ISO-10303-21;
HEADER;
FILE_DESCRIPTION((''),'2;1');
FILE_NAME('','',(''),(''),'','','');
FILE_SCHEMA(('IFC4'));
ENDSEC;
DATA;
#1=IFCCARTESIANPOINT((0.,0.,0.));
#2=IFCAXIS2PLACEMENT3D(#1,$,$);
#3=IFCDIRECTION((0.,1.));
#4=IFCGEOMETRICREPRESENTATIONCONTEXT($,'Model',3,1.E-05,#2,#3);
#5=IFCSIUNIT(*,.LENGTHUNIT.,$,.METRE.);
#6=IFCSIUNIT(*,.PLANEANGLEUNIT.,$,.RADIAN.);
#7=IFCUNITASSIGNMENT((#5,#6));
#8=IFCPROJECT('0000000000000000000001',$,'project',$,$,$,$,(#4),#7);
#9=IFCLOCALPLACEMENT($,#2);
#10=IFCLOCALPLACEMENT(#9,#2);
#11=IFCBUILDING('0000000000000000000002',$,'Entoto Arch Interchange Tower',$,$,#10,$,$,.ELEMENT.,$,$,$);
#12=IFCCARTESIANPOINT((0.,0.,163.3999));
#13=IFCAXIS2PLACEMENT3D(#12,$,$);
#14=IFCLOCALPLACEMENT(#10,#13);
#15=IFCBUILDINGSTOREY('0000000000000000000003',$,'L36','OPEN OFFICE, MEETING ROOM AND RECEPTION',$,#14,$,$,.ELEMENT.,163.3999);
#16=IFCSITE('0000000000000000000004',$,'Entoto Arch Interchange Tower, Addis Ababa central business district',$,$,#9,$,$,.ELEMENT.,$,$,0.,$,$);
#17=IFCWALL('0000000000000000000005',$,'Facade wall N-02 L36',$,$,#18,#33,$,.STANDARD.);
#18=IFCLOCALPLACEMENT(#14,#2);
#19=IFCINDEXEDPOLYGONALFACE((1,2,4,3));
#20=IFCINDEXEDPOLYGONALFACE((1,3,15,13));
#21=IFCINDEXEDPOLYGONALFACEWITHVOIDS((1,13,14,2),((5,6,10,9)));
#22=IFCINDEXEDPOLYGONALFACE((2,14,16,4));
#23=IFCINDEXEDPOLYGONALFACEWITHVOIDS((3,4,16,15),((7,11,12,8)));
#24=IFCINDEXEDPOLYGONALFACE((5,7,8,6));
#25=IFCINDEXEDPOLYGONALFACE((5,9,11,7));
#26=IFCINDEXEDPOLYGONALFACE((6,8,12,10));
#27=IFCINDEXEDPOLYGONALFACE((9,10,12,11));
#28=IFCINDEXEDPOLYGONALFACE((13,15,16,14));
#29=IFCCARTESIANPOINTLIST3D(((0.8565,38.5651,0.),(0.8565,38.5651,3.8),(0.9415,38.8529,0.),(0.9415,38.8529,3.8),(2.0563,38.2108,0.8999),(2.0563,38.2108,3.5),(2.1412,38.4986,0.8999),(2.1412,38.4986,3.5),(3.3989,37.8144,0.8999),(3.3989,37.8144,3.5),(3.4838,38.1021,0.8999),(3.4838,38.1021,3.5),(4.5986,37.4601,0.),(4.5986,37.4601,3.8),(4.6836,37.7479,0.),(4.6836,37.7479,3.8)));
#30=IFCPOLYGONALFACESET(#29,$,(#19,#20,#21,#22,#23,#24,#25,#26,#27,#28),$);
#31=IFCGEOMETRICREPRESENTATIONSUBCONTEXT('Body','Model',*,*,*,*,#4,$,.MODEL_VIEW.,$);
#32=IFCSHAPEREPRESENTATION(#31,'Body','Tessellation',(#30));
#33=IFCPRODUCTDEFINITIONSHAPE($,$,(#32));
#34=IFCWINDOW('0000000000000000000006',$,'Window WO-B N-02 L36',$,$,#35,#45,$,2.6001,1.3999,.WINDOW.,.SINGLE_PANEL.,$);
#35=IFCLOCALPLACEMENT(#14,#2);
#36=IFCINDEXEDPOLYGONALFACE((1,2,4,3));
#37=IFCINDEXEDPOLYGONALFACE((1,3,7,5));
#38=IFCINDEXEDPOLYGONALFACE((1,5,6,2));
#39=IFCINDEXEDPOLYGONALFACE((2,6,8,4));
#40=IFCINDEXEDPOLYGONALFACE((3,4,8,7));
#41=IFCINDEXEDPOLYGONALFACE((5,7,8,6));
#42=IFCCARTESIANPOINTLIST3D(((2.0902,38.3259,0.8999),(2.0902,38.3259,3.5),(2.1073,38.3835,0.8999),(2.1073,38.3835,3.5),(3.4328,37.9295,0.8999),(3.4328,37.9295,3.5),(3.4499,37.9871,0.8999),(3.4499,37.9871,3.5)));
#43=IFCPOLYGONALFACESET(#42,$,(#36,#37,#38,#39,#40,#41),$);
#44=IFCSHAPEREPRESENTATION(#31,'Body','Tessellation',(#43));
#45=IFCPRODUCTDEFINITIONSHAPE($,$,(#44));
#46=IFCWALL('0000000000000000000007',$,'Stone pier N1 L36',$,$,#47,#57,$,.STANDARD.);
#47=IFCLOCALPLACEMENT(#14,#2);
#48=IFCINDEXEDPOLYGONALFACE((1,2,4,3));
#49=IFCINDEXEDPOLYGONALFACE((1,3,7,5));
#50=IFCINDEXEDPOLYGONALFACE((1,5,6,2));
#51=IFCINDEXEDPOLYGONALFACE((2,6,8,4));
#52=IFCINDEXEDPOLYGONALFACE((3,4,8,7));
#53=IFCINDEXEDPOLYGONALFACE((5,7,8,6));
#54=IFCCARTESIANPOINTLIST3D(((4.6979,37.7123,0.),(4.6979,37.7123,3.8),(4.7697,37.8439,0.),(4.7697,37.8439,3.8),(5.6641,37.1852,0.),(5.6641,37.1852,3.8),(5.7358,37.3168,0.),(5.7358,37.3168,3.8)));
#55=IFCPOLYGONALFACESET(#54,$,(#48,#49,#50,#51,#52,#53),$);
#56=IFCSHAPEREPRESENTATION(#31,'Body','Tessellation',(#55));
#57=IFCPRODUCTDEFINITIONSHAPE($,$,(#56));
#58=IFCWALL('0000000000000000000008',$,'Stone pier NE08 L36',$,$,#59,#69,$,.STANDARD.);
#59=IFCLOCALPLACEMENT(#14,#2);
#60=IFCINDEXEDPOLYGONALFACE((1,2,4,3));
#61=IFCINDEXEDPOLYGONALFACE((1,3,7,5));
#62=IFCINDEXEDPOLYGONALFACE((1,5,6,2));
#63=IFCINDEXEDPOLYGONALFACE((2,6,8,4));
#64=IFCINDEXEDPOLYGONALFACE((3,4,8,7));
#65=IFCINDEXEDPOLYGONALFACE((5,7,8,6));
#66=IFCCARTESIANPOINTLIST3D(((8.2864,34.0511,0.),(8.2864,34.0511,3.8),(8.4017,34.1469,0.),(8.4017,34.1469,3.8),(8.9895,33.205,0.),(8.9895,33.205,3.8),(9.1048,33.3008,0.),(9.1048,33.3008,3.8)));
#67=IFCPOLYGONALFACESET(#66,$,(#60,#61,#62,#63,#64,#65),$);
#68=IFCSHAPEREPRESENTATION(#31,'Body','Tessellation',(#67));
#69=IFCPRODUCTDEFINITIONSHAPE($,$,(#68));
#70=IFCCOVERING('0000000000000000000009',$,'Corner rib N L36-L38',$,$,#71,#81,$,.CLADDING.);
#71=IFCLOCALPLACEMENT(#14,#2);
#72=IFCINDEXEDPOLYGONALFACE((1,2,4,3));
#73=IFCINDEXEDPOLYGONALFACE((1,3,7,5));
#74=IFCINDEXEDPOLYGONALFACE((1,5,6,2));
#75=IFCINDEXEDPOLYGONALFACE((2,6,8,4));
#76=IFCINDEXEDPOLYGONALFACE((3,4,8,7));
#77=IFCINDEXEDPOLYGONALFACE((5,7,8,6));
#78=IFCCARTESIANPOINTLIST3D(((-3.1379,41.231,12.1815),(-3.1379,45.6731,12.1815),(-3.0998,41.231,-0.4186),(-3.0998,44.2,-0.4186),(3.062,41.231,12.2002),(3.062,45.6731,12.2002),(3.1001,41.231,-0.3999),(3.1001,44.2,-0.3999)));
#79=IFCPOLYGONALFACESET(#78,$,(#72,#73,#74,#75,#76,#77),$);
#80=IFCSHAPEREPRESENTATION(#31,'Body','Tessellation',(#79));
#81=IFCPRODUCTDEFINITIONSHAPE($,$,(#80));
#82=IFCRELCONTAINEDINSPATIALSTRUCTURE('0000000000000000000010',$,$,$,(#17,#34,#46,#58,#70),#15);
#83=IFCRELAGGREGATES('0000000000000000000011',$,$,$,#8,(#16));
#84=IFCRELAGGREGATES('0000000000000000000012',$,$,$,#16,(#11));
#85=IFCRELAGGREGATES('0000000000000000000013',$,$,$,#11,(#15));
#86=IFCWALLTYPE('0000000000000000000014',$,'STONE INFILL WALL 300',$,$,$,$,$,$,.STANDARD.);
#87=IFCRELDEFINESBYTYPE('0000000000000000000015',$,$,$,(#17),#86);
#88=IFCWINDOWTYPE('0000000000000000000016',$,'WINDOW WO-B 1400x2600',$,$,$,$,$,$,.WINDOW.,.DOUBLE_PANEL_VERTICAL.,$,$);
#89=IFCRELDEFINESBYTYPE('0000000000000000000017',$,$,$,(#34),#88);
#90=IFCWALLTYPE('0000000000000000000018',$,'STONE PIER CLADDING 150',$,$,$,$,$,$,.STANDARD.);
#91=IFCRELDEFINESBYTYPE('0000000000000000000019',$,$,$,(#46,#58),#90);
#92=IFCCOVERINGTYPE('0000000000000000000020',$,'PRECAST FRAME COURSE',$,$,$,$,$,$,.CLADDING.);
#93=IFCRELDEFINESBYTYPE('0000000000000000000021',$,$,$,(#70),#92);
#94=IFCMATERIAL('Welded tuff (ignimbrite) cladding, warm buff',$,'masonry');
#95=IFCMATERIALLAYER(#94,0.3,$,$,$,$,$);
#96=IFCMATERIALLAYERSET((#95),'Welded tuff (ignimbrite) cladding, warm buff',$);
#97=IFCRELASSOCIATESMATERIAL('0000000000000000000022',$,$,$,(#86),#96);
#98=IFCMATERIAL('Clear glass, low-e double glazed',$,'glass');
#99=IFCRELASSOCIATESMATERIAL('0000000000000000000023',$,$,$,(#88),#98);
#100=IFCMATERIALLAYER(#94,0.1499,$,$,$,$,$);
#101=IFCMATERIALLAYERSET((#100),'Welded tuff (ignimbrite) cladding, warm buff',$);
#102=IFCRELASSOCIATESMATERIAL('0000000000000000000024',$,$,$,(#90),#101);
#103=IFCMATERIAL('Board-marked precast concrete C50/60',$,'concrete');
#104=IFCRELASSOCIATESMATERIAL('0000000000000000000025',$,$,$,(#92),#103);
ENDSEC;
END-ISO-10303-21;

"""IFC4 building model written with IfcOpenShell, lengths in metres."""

from ifc_helpers import new_model, si_unit, direction, frame, frame_2d, origin, place, context, subcontext, project, spatial, polyline, rectangle, outline, extrude, material, layer, layer_set, type_object, element, fill, save


model = new_model("IFC4")

# Units and contexts
model_context = context("Model", 3, precision=1e-05, world=origin(), true_north=direction((0.0, 1.0)))
body_context = subcontext(model_context, "Body", "Model", "MODEL_VIEW")
ifc_project = project(units=[si_unit("LENGTHUNIT", "METRE"), si_unit("PLANEANGLEUNIT", "RADIAN")], contexts=[model_context])

# Site, building, storey
site_placement = place(None, origin())
site = spatial("IfcSite", under=ifc_project, at=site_placement, Name="Entoto Arch Interchange Tower, Addis Ababa central business district", CompositionType="ELEMENT", RefElevation=0.0)
building_placement = place(site_placement, origin())
building = spatial("IfcBuilding", under=site, at=building_placement, Name="Entoto Arch Interchange Tower", CompositionType="ELEMENT")
storey_placement = place(building_placement, frame((0.0, 0.0, 163.3999)))
storey = spatial("IfcBuildingStorey", under=building, at=storey_placement, Name="L36", Description="OPEN OFFICE, MEETING ROOM AND RECEPTION", CompositionType="ELEMENT", Elevation=163.3999)

# Wall, opening, window
ifc_material_1 = material(Name="Welded tuff (ignimbrite) cladding, warm buff", Category="masonry")
ifc_layer_1 = layer(ifc_material_1, 0.3)
ifc_layer_set_1 = layer_set([ifc_layer_1], Name="Welded tuff (ignimbrite) cladding, warm buff")
wall_type_1 = type_object("IfcWallType", Name="STONE INFILL WALL 300", PredefinedType="STANDARD", material=ifc_layer_set_1)
ifc_material_2 = material(Name="Clear glass, low-e double glazed", Category="glass")
window_type = type_object("IfcWindowType", Name="WINDOW WO-B 1400x2600", PartitioningType="DOUBLE_PANEL_VERTICAL", PredefinedType="WINDOW", material=ifc_material_2)
wall_1_placement = place(storey_placement, frame((4.6411, 37.604, 0.0), z_axis=(0.0, 0.0, 1.0), x_axis=(-0.959064, 0.283189, 0.0)))
wall_1 = element("IfcWall", 1, at=wall_1_placement, inside=storey, type_object=wall_type_1, Name="Facade wall N-02 L36", PredefinedType="STANDARD", context=body_context, shape_type="SweptSolid", body=[
    extrude(rectangle(XDim=3.9019, YDim=0.3, at=frame_2d((1.9509, 0.0))), origin(), (0.0, 0.0, 1.0), 3.8),
])
opening_1_placement = place(wall_1_placement, frame((1.251, 0.0, 0.8999)))
opening_1 = element("IfcOpeningElement", 2, at=opening_1_placement, cuts=wall_1, PredefinedType="OPENING", context=body_context, shape_type="SweptSolid", body=[
    extrude(rectangle(XDim=1.3999, YDim=2.6001, at=frame_2d((0.7, 1.3))), frame((0.0, 0.1602, 0.0), z_axis=(0.0, -1.0, 0.0), x_axis=(1.0, 0.0, 0.0)), (0.0, 0.0, 1.0), 0.3201),
])
window_1_placement = place(opening_1_placement, origin())
window_1 = element("IfcWindow", 3, at=window_1_placement, inside=storey, type_object=window_type, Name="Window WO-B N-02 L36", OverallHeight=2.6001, OverallWidth=1.3999, PartitioningType="SINGLE_PANEL", PredefinedType="WINDOW", context=body_context, shape_type="SweptSolid", body=[
    extrude(rectangle(XDim=1.3999, YDim=2.6001, at=frame_2d((0.7, 1.3))), frame((0.0, 0.03, 0.0), z_axis=(0.0, -1.0, 0.0), x_axis=(1.0, 0.0, 0.0)), (0.0, 0.0, 1.0), 0.0601),
])
fill(opening_1, window_1)

# Walls
ifc_layer_2 = layer(ifc_material_1, 0.1499)
ifc_layer_set_2 = layer_set([ifc_layer_2], Name="Welded tuff (ignimbrite) cladding, warm buff")
wall_type_2 = type_object("IfcWallType", Name="STONE PIER CLADDING 150", PredefinedType="STANDARD", material=ifc_layer_set_2)
wall_2_placement = place(storey_placement, frame((5.7, 37.251, 0.0), z_axis=(0.0, 0.0, 1.0), x_axis=(-0.877836, 0.478961, 0.0)))
element("IfcWall", 4, at=wall_2_placement, inside=storey, type_object=wall_type_2, Name="Stone pier N1 L36", PredefinedType="STANDARD", context=body_context, shape_type="SweptSolid", body=[
    extrude(rectangle(XDim=1.1006, YDim=0.1499, at=frame_2d((0.5503, 0.0))), origin(), (0.0, 0.0, 1.0), 3.8),
])
wall_3_placement = place(storey_placement, frame((9.0471, 33.2529, 0.0), z_axis=(0.0, 0.0, 1.0), x_axis=(-0.639092, 0.76913, 0.0)))
element("IfcWall", 5, at=wall_3_placement, inside=storey, type_object=wall_type_2, Name="Stone pier NE08 L36", PredefinedType="STANDARD", context=body_context, shape_type="SweptSolid", body=[
    extrude(rectangle(XDim=1.1001, YDim=0.1499, at=frame_2d((0.55, 0.0))), origin(), (0.0, 0.0, 1.0), 3.8),
])

# Covering
ifc_material_3 = material(Name="Board-marked precast concrete C50/60", Category="concrete")
covering_type = type_object("IfcCoveringType", Name="PRECAST FRAME COURSE", PredefinedType="CLADDING", material=ifc_material_3)
covering_placement = place(storey_placement, frame((3.1001, 41.231, -0.3999), z_axis=(0.999995, 0.0, 0.003023), x_axis=(0.0, 1.0, 0.0)))
element("IfcCovering", 6, at=covering_placement, inside=storey, type_object=covering_type, Name="Corner rib N L36-L38", PredefinedType="CLADDING", context=body_context, shape_type="SweptSolid", body=[
    extrude(outline(polyline([(0.0, 0.0), (2.969, 0.0), (4.4421, 12.6002), (0.0, 12.6002), (0.0, 0.0)])), origin(), (0.0, 0.0, -1.0), 6.2),
])

save(model, "model.ifc")
